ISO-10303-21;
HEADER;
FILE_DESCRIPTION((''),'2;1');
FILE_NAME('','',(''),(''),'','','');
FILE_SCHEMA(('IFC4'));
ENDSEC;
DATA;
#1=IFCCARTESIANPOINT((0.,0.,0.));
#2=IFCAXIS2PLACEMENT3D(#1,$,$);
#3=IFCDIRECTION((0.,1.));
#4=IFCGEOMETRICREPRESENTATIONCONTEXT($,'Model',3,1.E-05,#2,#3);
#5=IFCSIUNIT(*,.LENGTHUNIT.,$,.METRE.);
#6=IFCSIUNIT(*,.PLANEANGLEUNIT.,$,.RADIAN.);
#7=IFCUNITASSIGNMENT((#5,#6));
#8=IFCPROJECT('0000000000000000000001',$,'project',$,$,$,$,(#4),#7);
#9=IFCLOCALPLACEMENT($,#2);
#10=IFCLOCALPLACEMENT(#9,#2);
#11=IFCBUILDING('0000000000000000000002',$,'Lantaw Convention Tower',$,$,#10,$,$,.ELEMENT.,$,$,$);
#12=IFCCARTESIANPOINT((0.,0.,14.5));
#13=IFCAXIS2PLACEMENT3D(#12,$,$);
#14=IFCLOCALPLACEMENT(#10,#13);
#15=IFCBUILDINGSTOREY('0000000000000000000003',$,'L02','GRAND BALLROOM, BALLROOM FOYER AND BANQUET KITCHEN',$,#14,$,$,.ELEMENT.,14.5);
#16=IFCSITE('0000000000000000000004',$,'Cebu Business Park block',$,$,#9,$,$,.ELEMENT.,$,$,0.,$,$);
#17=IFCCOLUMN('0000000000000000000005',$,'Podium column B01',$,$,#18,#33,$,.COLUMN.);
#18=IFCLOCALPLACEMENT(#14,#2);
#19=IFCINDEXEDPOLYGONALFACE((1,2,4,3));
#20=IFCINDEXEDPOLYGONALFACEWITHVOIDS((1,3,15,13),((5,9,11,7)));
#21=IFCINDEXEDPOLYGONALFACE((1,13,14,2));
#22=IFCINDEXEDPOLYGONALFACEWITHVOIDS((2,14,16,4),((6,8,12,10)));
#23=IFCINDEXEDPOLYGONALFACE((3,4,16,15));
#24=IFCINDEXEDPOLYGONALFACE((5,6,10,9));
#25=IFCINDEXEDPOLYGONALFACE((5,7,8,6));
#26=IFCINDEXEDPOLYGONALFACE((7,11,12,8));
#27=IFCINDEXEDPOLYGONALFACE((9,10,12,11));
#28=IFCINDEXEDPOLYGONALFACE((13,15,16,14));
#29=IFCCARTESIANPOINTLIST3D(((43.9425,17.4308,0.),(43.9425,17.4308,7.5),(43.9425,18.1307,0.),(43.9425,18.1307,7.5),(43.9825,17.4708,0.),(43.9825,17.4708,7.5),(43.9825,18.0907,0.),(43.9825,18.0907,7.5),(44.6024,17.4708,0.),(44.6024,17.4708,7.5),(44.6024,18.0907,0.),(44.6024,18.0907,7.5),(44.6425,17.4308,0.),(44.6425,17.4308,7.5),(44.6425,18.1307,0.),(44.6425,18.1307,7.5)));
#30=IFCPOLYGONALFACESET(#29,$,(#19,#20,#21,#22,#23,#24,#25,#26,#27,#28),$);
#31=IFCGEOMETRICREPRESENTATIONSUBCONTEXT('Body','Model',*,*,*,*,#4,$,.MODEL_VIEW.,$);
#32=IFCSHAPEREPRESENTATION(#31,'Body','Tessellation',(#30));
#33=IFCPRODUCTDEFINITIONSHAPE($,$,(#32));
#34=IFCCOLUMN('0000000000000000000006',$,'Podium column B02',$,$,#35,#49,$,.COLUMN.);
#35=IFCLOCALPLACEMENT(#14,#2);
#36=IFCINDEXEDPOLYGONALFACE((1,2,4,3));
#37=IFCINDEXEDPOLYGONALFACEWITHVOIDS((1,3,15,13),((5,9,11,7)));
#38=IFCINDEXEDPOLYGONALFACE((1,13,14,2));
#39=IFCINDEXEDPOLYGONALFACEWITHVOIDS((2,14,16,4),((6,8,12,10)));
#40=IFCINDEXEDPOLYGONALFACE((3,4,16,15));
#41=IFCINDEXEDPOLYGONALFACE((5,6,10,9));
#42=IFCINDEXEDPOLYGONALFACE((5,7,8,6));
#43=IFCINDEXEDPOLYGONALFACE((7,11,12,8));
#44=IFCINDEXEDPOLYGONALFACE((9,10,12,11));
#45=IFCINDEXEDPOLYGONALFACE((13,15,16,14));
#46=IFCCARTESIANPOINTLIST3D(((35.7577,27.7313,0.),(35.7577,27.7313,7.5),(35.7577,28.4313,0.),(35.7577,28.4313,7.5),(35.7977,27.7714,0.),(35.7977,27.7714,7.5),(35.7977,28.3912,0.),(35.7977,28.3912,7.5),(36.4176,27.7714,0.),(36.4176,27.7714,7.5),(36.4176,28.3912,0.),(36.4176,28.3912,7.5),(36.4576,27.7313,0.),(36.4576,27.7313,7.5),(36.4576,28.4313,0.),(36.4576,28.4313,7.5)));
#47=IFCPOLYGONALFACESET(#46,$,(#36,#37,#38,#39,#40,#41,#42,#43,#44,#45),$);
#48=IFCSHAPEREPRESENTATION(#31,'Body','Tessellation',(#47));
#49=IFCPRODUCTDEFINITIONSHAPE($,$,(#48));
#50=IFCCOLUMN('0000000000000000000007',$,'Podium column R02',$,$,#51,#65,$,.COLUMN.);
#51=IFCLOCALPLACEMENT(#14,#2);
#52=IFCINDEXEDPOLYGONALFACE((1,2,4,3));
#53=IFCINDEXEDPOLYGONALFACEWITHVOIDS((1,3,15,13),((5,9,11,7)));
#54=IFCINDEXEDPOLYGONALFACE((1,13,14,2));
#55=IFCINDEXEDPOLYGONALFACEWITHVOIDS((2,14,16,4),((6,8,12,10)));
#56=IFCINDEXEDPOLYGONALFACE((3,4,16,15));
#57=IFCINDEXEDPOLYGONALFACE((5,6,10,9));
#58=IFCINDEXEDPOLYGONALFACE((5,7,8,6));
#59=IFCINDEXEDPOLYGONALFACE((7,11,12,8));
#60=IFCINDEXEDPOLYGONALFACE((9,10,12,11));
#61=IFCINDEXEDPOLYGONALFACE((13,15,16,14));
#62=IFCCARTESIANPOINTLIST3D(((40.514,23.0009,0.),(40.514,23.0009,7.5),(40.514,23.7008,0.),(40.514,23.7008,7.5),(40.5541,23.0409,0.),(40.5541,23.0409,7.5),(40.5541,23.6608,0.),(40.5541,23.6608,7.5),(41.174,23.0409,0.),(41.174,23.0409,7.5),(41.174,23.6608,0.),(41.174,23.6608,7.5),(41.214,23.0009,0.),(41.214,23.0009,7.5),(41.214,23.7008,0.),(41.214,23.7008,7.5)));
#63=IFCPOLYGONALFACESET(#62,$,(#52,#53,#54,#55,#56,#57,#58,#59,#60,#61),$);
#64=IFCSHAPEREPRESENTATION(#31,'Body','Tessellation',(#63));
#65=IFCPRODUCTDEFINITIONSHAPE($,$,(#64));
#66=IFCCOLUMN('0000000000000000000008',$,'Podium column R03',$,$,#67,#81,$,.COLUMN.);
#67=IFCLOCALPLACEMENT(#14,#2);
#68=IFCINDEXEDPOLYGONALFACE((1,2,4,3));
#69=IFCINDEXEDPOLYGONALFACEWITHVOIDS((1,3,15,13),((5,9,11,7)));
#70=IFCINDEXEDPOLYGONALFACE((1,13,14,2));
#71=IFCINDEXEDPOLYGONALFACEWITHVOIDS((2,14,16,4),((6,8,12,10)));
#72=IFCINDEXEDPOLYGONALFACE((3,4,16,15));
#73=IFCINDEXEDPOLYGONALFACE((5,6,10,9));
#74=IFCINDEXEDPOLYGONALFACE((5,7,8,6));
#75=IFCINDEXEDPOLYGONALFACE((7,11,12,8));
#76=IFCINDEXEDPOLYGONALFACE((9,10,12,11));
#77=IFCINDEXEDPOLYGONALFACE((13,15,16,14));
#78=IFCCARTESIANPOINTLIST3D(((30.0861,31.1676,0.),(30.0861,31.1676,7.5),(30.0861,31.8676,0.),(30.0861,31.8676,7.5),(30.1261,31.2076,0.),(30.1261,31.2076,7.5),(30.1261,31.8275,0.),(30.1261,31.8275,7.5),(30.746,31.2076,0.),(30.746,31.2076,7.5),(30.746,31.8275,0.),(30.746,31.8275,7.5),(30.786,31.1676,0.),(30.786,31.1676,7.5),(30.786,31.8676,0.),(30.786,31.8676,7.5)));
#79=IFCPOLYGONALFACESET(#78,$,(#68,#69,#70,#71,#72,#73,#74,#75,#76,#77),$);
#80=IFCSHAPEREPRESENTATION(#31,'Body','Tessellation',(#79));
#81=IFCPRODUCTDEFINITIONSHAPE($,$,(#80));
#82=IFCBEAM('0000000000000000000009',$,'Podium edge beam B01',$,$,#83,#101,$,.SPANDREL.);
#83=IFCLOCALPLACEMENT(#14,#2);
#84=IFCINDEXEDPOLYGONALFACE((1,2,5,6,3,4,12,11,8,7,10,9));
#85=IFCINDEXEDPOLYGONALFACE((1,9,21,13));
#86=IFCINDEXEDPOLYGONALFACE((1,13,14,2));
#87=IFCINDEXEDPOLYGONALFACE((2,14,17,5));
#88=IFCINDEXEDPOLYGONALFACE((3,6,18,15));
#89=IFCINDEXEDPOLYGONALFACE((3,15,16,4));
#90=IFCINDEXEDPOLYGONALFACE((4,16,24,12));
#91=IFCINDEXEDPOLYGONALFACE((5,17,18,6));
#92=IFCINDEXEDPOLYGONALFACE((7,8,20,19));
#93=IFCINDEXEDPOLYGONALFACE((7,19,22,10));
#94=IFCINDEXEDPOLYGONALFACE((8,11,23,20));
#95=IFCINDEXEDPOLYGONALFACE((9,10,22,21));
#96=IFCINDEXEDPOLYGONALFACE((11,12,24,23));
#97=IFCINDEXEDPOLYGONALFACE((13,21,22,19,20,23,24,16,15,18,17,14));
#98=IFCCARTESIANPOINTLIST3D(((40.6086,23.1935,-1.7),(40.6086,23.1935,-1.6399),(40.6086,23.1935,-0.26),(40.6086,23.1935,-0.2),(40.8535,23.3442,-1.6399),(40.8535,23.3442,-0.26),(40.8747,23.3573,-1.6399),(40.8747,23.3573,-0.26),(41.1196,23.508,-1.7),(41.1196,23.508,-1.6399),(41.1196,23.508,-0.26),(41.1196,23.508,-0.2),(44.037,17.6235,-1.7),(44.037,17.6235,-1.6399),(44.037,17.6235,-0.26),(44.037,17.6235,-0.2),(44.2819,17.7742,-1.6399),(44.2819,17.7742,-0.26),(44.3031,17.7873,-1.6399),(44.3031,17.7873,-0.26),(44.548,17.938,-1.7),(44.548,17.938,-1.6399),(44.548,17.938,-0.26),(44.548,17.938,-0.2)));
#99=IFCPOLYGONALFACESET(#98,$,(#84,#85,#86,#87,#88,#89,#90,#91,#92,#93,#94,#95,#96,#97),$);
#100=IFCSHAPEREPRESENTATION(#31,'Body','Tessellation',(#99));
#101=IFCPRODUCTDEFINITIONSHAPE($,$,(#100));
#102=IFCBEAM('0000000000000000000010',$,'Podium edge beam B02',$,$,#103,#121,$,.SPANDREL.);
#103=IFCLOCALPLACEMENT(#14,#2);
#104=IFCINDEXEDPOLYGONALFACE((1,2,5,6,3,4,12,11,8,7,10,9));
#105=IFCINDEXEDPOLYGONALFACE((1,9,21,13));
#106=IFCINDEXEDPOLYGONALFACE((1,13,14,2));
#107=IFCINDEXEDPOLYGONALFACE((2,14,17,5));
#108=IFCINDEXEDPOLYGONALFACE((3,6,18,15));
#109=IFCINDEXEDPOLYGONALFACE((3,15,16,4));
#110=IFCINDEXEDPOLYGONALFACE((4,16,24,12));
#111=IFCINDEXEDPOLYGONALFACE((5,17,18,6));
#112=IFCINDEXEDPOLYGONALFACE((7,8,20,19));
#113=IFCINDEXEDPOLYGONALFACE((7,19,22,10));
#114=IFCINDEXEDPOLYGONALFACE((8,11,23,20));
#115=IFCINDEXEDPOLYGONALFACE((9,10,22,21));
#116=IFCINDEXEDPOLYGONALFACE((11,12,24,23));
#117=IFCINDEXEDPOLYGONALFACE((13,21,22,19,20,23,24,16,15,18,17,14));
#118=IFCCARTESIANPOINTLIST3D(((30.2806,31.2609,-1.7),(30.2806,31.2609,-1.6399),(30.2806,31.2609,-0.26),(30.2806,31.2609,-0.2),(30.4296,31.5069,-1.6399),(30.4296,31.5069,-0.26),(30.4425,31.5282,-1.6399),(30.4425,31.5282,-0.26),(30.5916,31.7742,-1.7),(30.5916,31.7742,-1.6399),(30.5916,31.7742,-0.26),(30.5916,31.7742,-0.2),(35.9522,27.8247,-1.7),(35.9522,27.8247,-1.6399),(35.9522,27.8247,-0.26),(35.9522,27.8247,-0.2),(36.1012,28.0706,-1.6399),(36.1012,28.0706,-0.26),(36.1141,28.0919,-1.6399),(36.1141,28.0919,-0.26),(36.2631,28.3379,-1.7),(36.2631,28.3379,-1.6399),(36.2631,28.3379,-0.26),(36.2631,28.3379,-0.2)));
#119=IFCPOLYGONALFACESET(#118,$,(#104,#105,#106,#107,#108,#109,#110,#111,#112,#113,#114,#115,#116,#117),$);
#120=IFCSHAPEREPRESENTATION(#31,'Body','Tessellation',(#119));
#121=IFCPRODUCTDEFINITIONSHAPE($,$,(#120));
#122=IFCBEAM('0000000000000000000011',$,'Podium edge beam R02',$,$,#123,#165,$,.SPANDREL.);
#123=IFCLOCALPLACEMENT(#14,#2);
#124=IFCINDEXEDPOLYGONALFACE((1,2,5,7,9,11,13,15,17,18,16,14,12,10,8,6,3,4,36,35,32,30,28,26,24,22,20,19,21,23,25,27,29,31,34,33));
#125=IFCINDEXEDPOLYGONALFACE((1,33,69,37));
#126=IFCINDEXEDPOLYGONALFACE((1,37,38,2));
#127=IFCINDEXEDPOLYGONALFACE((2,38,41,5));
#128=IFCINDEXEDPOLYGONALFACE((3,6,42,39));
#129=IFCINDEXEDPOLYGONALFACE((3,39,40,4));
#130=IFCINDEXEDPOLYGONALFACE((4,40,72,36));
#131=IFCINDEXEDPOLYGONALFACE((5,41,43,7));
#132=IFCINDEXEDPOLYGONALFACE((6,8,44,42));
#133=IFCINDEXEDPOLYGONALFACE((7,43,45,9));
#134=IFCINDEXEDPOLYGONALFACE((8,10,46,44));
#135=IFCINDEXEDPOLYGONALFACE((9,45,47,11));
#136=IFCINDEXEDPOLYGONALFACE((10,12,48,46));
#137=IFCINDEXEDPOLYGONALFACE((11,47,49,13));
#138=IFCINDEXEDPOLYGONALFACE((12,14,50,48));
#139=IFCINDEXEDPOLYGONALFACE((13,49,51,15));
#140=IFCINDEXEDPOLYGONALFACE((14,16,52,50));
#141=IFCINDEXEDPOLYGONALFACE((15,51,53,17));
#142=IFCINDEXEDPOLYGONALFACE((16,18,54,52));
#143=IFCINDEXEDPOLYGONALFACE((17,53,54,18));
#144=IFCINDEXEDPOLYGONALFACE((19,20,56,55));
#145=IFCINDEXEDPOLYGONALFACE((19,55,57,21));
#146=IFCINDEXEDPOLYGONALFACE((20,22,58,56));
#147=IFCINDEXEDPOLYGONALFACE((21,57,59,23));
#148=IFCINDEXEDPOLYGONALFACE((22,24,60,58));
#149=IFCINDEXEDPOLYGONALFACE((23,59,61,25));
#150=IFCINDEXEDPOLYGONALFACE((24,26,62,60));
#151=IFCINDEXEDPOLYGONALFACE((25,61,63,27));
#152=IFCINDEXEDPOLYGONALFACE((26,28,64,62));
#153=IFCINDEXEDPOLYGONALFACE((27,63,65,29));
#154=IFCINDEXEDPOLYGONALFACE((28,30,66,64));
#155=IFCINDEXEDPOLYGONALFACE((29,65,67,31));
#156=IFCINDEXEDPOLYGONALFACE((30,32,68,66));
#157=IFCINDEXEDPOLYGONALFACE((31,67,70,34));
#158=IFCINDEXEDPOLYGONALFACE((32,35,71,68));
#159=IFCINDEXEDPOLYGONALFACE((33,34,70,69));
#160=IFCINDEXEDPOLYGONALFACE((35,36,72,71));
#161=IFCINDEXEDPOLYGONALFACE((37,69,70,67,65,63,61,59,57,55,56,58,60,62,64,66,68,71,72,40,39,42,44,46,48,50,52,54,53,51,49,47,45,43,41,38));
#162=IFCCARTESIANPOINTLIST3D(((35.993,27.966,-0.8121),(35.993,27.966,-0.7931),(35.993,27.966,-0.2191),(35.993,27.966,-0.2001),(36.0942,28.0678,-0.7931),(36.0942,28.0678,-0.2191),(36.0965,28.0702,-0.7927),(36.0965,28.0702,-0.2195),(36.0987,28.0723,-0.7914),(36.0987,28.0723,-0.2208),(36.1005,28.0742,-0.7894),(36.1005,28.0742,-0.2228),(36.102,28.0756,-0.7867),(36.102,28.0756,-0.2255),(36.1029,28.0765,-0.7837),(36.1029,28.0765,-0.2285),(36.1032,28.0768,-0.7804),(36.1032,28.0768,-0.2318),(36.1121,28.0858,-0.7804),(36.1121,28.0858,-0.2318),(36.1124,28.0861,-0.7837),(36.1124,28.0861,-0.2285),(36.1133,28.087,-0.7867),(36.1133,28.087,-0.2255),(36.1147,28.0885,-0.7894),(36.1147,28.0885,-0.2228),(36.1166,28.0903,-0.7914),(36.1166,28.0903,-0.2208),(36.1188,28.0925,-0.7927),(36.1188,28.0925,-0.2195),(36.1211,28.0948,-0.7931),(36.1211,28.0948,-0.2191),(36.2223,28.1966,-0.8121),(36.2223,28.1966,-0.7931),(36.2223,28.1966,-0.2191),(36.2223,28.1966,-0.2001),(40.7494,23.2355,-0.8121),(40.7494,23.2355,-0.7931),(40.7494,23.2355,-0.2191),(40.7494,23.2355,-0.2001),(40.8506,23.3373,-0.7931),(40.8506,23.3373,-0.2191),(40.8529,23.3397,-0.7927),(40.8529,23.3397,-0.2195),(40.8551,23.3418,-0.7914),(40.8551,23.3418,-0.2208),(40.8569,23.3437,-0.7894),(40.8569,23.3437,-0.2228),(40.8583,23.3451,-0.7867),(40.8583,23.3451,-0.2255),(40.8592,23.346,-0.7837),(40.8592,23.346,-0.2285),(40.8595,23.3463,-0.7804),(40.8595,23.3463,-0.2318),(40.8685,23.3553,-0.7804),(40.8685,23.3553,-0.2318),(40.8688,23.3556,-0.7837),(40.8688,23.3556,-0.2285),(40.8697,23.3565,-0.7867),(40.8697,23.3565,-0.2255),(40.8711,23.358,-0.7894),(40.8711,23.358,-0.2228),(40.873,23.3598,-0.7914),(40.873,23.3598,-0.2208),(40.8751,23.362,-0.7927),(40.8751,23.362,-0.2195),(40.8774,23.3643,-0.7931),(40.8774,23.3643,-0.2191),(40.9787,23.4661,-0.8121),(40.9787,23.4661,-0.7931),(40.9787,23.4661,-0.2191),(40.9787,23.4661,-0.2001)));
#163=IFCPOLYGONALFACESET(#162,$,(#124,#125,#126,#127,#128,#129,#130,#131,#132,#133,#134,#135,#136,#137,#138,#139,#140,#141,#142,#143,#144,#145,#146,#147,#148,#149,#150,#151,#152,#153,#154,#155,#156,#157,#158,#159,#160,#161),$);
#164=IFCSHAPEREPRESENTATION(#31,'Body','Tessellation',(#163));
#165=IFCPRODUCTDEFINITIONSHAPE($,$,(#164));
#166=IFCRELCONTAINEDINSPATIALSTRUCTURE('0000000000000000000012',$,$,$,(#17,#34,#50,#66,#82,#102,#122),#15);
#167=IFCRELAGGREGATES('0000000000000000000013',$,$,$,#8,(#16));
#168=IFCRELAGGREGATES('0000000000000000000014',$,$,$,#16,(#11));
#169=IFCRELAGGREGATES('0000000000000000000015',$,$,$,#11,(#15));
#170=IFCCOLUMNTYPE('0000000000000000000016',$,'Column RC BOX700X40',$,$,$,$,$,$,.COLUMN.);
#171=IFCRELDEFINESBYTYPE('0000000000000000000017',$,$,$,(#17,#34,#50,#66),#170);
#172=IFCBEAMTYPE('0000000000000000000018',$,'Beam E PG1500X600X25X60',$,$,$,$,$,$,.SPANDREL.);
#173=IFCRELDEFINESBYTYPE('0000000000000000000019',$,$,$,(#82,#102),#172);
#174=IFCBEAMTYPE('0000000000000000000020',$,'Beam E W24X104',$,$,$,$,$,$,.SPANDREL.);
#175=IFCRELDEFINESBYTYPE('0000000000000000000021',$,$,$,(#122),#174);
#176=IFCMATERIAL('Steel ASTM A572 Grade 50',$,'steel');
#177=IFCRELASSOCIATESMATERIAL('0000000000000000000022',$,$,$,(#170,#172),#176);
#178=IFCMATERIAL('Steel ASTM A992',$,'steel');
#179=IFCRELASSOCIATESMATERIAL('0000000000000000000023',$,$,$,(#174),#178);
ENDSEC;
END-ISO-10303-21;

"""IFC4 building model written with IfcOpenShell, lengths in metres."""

from ifc_helpers import new_model, si_unit, direction, frame, origin, origin_2d, place, context, subcontext, project, spatial, hollow_rectangle, i_section, extrude, material, material_profile, profile_set, type_object, element, save


model = new_model("IFC4")

# Units and contexts
model_context = context("Model", 3, precision=1e-05, world=origin(), true_north=direction((0.0, 1.0)))
body_context = subcontext(model_context, "Body", "Model", "MODEL_VIEW")
ifc_project = project(units=[si_unit("LENGTHUNIT", "METRE"), si_unit("PLANEANGLEUNIT", "RADIAN")], contexts=[model_context])

# Site, building, storey
site_placement = place(None, origin())
site = spatial("IfcSite", under=ifc_project, at=site_placement, Name="Cebu Business Park block", CompositionType="ELEMENT", RefElevation=0.0)
building_placement = place(site_placement, origin())
building = spatial("IfcBuilding", under=site, at=building_placement, Name="Lantaw Convention Tower", CompositionType="ELEMENT")
storey_placement = place(building_placement, frame((0.0, 0.0, 14.5)))
storey = spatial("IfcBuildingStorey", under=building, at=storey_placement, Name="L02", Description="GRAND BALLROOM, BALLROOM FOYER AND BANQUET KITCHEN", CompositionType="ELEMENT", Elevation=14.5)

# Columns
ifc_material_1 = material(Name="Steel ASTM A572 Grade 50", Category="steel")
ifc_material_profile_1 = material_profile(ifc_material_1, hollow_rectangle(XDim=0.7, YDim=0.7, WallThickness=0.04, at=origin_2d()), Name="BOX700X40")
ifc_profile_set_1 = profile_set([ifc_material_profile_1], Name="Steel ASTM A572 Grade 50")
column_type = type_object("IfcColumnType", Name="Column RC BOX700X40", PredefinedType="COLUMN", material=ifc_profile_set_1)
for number, where, z_axis, x_axis, name in (
    (1, (44.2925, 17.7808, 0.0), (0.0, 0.0, 1.0), (1.0, 0.0, 0.0), "Podium column B01"),
    (2, (36.1077, 28.0813, 0.0), (0.0, 0.0, 1.0), (1.0, 0.0, 0.0), "Podium column B02"),
    (3, (40.864, 23.3508, 0.0), (0.0, 0.0, 1.0), (1.0, 0.0, 0.0), "Podium column R02"),
    (4, (30.436, 31.5176, 0.0), (0.0, 0.0, 1.0), (1.0, 0.0, 0.0), "Podium column R03"),
):
    element("IfcColumn", number, at=place(storey_placement, frame(where, z_axis=z_axis, x_axis=x_axis)), inside=storey, type_object=column_type, Name=name, PredefinedType="COLUMN", context=body_context, shape_type="SweptSolid", body=[
        extrude(hollow_rectangle(XDim=0.7, YDim=0.7, WallThickness=0.04, at=origin_2d()), origin(), (0.0, 0.0, 1.0), 7.5),
    ])

# Beams
ifc_material_profile_2 = material_profile(ifc_material_1, i_section(OverallWidth=0.6001, OverallDepth=1.5, WebThickness=0.0249, FlangeThickness=0.0601, at=origin_2d()), Name="PG1500X600X25X60")
ifc_profile_set_2 = profile_set([ifc_material_profile_2], Name="Steel ASTM A572 Grade 50")
beam_type_1 = type_object("IfcBeamType", Name="Beam E PG1500X600X25X60", PredefinedType="SPANDREL", material=ifc_profile_set_2)
beam_1_placement = place(storey_placement, frame((44.2925, 17.7808, -0.95), z_axis=(-0.524179, 0.851608, 0.0), x_axis=(-0.851608, -0.524179, 0.0)))
element("IfcBeam", 5, at=beam_1_placement, inside=storey, type_object=beam_type_1, Name="Podium edge beam B01", PredefinedType="SPANDREL", context=body_context, shape_type="SweptSolid", body=[
    extrude(i_section(OverallWidth=0.6001, OverallDepth=1.5, WebThickness=0.0249, FlangeThickness=0.0601, at=origin_2d()), origin(), (0.0, 0.0, 1.0), 6.5405),
])
beam_2_placement = place(storey_placement, frame((36.1077, 28.0813, -0.95), z_axis=(-0.85527, 0.518183, 0.0), x_axis=(-0.518183, -0.85527, 0.0)))
element("IfcBeam", 6, at=beam_2_placement, inside=storey, type_object=beam_type_1, Name="Podium edge beam B02", PredefinedType="SPANDREL", context=body_context, shape_type="SweptSolid", body=[
    extrude(i_section(OverallWidth=0.6001, OverallDepth=1.5, WebThickness=0.0249, FlangeThickness=0.0601, at=origin_2d()), origin(), (0.0, 0.0, 1.0), 6.6313),
])
ifc_material_2 = material(Name="Steel ASTM A992", Category="steel")
ifc_material_profile_3 = material_profile(ifc_material_2, i_section(OverallWidth=0.3252, OverallDepth=0.6121, WebThickness=0.0127, FlangeThickness=0.019, FilletRadius=0.0127, at=origin_2d()), Name="W24X104")
ifc_profile_set_3 = profile_set([ifc_material_profile_3], Name="Steel ASTM A992")
beam_type_2 = type_object("IfcBeamType", Name="Beam E W24X104", PredefinedType="SPANDREL", material=ifc_profile_set_3)
beam_3_placement = place(storey_placement, frame((40.864, 23.3508, -0.5061), z_axis=(-0.709033, 0.705175, 0.0), x_axis=(-0.705175, -0.709033, 0.0)))
element("IfcBeam", 7, at=beam_3_placement, inside=storey, type_object=beam_type_2, Name="Podium edge beam R02", PredefinedType="SPANDREL", context=body_context, shape_type="SweptSolid", body=[
    extrude(i_section(OverallWidth=0.3252, OverallDepth=0.6121, WebThickness=0.0127, FlangeThickness=0.019, FilletRadius=0.0127, at=origin_2d()), origin(), (0.0, 0.0, 1.0), 6.7083),
])

save(model, "model.ifc")
